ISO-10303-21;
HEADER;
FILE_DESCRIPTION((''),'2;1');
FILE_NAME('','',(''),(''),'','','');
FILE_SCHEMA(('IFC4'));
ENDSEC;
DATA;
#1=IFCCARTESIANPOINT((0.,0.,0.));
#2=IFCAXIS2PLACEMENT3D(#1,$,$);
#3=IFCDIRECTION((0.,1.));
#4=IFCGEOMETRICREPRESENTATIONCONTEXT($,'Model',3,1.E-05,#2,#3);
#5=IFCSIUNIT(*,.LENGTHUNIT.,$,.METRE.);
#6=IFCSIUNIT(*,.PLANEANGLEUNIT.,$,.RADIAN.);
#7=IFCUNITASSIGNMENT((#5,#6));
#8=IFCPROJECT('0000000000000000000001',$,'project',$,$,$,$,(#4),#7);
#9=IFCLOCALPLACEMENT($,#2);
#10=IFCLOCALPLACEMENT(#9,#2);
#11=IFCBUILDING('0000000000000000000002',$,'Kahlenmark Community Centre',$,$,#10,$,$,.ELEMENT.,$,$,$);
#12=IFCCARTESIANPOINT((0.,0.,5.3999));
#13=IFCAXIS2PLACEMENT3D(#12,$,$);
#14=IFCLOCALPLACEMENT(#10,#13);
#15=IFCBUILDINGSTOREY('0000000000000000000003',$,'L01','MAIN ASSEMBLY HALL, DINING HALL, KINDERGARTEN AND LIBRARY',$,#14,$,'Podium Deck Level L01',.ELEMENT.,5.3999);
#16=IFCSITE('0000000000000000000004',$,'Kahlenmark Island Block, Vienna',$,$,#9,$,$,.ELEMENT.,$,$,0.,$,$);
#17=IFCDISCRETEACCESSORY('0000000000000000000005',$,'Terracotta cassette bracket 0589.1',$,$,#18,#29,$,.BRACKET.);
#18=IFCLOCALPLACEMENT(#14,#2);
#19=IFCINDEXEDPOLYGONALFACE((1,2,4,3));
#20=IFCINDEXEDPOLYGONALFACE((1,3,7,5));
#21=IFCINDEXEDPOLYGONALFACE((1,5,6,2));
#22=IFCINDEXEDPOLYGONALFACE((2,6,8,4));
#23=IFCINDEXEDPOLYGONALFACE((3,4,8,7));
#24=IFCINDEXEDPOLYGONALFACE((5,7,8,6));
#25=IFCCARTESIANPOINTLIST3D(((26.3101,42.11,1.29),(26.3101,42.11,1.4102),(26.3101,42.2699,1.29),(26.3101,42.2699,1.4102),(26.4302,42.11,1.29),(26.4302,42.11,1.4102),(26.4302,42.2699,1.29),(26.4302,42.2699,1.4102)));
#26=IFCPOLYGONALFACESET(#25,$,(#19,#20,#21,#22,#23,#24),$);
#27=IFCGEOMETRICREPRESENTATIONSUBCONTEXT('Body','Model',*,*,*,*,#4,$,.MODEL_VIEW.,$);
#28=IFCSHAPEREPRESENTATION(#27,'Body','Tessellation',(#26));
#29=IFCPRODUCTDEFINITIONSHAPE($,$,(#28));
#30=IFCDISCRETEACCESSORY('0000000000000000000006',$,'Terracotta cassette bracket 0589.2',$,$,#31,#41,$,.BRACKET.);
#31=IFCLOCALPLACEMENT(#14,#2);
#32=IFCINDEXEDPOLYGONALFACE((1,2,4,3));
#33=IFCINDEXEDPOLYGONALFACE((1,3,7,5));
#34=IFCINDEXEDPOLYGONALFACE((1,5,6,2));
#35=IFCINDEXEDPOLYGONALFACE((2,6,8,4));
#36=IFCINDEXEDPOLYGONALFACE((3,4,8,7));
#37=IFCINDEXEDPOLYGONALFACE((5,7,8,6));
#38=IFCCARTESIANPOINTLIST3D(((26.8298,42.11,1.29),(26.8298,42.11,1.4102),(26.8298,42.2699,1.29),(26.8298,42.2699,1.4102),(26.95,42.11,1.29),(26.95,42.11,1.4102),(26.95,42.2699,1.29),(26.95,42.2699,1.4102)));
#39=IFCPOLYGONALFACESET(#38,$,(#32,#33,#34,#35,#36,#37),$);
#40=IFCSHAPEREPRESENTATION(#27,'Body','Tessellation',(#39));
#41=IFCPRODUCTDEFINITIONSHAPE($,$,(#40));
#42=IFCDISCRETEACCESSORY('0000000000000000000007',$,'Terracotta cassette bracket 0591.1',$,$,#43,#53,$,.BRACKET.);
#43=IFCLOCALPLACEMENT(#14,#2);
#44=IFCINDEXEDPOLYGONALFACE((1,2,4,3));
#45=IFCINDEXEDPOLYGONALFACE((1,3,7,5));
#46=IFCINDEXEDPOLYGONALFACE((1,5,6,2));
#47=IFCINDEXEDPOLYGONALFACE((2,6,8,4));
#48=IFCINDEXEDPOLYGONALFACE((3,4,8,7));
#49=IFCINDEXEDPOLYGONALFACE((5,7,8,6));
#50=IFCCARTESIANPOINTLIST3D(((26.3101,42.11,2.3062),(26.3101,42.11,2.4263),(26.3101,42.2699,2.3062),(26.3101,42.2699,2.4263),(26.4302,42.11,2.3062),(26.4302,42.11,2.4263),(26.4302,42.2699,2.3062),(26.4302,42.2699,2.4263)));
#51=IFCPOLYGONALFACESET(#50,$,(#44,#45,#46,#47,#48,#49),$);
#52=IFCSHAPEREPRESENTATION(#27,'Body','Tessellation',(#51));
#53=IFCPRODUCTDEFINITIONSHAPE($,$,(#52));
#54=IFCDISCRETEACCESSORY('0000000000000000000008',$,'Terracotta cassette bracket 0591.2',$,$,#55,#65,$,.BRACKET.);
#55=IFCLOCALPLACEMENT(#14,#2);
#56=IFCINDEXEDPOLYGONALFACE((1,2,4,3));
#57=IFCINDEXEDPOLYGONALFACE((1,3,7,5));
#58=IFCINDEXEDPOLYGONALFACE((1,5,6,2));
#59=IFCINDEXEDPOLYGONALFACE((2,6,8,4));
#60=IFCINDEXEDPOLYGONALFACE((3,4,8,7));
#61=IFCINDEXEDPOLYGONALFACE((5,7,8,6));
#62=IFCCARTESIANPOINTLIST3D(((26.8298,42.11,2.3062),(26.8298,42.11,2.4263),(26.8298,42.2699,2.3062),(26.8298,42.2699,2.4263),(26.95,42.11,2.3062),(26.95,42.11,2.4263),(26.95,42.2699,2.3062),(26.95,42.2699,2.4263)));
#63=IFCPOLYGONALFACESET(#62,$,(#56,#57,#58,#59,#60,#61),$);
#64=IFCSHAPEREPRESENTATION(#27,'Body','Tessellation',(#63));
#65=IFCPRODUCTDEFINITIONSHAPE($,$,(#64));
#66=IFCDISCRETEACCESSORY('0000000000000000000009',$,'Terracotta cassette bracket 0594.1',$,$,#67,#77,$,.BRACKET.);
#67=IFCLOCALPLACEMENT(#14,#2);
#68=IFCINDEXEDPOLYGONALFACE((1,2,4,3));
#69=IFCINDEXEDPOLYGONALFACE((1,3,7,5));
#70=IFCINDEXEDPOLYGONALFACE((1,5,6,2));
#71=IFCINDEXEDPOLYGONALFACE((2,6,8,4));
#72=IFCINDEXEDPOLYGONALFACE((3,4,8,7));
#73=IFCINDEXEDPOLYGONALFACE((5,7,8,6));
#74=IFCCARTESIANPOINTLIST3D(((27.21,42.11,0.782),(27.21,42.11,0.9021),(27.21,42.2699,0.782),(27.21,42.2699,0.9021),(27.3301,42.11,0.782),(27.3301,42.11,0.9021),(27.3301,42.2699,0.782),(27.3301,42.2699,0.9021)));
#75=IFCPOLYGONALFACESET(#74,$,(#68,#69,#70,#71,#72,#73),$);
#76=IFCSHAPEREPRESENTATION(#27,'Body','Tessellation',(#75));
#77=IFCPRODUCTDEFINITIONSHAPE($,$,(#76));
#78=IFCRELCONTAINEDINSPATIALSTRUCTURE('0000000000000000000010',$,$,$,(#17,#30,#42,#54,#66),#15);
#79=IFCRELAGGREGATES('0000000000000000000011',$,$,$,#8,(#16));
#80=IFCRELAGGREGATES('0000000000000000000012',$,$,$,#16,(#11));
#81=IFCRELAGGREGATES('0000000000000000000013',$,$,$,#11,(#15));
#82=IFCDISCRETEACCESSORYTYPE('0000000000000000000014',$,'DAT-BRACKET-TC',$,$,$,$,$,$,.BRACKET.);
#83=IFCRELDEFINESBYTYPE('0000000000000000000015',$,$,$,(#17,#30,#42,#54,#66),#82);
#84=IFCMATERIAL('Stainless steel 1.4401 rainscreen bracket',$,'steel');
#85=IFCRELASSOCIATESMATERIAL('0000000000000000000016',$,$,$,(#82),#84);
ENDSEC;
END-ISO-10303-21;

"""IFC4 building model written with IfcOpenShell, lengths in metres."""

from ifc_helpers import new_model, si_unit, direction, frame, origin, origin_2d, place, context, subcontext, project, spatial, rectangle, extrude, material, type_object, element, save


model = new_model("IFC4")

# Units and contexts
model_context = context("Model", 3, precision=1e-05, world=origin(), true_north=direction((0.0, 1.0)))
body_context = subcontext(model_context, "Body", "Model", "MODEL_VIEW")
ifc_project = project(units=[si_unit("LENGTHUNIT", "METRE"), si_unit("PLANEANGLEUNIT", "RADIAN")], contexts=[model_context])

# Site, building, storey
site_placement = place(None, origin())
site = spatial("IfcSite", under=ifc_project, at=site_placement, Name="Kahlenmark Island Block, Vienna", CompositionType="ELEMENT", RefElevation=0.0)
building_placement = place(site_placement, origin())
building = spatial("IfcBuilding", under=site, at=building_placement, Name="Kahlenmark Community Centre", CompositionType="ELEMENT")
storey_placement = place(building_placement, frame((0.0, 0.0, 5.3999)))
storey = spatial("IfcBuildingStorey", under=building, at=storey_placement, Name="L01", Description="MAIN ASSEMBLY HALL, DINING HALL, KINDERGARTEN AND LIBRARY", LongName="Podium Deck Level L01", CompositionType="ELEMENT", Elevation=5.3999)

# Discrete accessories
ifc_material_1 = material(Name="Stainless steel 1.4401 rainscreen bracket", Category="steel")
discrete_accessory_type = type_object("IfcDiscreteAccessoryType", Name="DAT-BRACKET-TC", PredefinedType="BRACKET", material=ifc_material_1)
for number, where, z_axis, x_axis, name in (
    (1, (26.3701, 42.1899, 1.29), (0.0, 0.0, 1.0), (1.0, 0.0, 0.0), "Terracotta cassette bracket 0589.1"),
    (2, (26.8899, 42.1899, 1.29), (0.0, 0.0, 1.0), (1.0, 0.0, 0.0), "Terracotta cassette bracket 0589.2"),
    (3, (26.3701, 42.1899, 2.3062), (0.0, 0.0, 1.0), (1.0, 0.0, 0.0), "Terracotta cassette bracket 0591.1"),
    (4, (26.8899, 42.1899, 2.3062), (0.0, 0.0, 1.0), (1.0, 0.0, 0.0), "Terracotta cassette bracket 0591.2"),
    (5, (27.27, 42.1899, 0.782), (0.0, 0.0, 1.0), (1.0, 0.0, 0.0), "Terracotta cassette bracket 0594.1"),
):
    element("IfcDiscreteAccessory", number, at=place(storey_placement, frame(where, z_axis=z_axis, x_axis=x_axis)), inside=storey, type_object=discrete_accessory_type, Name=name, PredefinedType="BRACKET", context=body_context, shape_type="SweptSolid", body=[
        extrude(rectangle(XDim=0.1201, YDim=0.1599, at=origin_2d()), origin(), (0.0, 0.0, 1.0), 0.1201),
    ])

save(model, "model.ifc")
